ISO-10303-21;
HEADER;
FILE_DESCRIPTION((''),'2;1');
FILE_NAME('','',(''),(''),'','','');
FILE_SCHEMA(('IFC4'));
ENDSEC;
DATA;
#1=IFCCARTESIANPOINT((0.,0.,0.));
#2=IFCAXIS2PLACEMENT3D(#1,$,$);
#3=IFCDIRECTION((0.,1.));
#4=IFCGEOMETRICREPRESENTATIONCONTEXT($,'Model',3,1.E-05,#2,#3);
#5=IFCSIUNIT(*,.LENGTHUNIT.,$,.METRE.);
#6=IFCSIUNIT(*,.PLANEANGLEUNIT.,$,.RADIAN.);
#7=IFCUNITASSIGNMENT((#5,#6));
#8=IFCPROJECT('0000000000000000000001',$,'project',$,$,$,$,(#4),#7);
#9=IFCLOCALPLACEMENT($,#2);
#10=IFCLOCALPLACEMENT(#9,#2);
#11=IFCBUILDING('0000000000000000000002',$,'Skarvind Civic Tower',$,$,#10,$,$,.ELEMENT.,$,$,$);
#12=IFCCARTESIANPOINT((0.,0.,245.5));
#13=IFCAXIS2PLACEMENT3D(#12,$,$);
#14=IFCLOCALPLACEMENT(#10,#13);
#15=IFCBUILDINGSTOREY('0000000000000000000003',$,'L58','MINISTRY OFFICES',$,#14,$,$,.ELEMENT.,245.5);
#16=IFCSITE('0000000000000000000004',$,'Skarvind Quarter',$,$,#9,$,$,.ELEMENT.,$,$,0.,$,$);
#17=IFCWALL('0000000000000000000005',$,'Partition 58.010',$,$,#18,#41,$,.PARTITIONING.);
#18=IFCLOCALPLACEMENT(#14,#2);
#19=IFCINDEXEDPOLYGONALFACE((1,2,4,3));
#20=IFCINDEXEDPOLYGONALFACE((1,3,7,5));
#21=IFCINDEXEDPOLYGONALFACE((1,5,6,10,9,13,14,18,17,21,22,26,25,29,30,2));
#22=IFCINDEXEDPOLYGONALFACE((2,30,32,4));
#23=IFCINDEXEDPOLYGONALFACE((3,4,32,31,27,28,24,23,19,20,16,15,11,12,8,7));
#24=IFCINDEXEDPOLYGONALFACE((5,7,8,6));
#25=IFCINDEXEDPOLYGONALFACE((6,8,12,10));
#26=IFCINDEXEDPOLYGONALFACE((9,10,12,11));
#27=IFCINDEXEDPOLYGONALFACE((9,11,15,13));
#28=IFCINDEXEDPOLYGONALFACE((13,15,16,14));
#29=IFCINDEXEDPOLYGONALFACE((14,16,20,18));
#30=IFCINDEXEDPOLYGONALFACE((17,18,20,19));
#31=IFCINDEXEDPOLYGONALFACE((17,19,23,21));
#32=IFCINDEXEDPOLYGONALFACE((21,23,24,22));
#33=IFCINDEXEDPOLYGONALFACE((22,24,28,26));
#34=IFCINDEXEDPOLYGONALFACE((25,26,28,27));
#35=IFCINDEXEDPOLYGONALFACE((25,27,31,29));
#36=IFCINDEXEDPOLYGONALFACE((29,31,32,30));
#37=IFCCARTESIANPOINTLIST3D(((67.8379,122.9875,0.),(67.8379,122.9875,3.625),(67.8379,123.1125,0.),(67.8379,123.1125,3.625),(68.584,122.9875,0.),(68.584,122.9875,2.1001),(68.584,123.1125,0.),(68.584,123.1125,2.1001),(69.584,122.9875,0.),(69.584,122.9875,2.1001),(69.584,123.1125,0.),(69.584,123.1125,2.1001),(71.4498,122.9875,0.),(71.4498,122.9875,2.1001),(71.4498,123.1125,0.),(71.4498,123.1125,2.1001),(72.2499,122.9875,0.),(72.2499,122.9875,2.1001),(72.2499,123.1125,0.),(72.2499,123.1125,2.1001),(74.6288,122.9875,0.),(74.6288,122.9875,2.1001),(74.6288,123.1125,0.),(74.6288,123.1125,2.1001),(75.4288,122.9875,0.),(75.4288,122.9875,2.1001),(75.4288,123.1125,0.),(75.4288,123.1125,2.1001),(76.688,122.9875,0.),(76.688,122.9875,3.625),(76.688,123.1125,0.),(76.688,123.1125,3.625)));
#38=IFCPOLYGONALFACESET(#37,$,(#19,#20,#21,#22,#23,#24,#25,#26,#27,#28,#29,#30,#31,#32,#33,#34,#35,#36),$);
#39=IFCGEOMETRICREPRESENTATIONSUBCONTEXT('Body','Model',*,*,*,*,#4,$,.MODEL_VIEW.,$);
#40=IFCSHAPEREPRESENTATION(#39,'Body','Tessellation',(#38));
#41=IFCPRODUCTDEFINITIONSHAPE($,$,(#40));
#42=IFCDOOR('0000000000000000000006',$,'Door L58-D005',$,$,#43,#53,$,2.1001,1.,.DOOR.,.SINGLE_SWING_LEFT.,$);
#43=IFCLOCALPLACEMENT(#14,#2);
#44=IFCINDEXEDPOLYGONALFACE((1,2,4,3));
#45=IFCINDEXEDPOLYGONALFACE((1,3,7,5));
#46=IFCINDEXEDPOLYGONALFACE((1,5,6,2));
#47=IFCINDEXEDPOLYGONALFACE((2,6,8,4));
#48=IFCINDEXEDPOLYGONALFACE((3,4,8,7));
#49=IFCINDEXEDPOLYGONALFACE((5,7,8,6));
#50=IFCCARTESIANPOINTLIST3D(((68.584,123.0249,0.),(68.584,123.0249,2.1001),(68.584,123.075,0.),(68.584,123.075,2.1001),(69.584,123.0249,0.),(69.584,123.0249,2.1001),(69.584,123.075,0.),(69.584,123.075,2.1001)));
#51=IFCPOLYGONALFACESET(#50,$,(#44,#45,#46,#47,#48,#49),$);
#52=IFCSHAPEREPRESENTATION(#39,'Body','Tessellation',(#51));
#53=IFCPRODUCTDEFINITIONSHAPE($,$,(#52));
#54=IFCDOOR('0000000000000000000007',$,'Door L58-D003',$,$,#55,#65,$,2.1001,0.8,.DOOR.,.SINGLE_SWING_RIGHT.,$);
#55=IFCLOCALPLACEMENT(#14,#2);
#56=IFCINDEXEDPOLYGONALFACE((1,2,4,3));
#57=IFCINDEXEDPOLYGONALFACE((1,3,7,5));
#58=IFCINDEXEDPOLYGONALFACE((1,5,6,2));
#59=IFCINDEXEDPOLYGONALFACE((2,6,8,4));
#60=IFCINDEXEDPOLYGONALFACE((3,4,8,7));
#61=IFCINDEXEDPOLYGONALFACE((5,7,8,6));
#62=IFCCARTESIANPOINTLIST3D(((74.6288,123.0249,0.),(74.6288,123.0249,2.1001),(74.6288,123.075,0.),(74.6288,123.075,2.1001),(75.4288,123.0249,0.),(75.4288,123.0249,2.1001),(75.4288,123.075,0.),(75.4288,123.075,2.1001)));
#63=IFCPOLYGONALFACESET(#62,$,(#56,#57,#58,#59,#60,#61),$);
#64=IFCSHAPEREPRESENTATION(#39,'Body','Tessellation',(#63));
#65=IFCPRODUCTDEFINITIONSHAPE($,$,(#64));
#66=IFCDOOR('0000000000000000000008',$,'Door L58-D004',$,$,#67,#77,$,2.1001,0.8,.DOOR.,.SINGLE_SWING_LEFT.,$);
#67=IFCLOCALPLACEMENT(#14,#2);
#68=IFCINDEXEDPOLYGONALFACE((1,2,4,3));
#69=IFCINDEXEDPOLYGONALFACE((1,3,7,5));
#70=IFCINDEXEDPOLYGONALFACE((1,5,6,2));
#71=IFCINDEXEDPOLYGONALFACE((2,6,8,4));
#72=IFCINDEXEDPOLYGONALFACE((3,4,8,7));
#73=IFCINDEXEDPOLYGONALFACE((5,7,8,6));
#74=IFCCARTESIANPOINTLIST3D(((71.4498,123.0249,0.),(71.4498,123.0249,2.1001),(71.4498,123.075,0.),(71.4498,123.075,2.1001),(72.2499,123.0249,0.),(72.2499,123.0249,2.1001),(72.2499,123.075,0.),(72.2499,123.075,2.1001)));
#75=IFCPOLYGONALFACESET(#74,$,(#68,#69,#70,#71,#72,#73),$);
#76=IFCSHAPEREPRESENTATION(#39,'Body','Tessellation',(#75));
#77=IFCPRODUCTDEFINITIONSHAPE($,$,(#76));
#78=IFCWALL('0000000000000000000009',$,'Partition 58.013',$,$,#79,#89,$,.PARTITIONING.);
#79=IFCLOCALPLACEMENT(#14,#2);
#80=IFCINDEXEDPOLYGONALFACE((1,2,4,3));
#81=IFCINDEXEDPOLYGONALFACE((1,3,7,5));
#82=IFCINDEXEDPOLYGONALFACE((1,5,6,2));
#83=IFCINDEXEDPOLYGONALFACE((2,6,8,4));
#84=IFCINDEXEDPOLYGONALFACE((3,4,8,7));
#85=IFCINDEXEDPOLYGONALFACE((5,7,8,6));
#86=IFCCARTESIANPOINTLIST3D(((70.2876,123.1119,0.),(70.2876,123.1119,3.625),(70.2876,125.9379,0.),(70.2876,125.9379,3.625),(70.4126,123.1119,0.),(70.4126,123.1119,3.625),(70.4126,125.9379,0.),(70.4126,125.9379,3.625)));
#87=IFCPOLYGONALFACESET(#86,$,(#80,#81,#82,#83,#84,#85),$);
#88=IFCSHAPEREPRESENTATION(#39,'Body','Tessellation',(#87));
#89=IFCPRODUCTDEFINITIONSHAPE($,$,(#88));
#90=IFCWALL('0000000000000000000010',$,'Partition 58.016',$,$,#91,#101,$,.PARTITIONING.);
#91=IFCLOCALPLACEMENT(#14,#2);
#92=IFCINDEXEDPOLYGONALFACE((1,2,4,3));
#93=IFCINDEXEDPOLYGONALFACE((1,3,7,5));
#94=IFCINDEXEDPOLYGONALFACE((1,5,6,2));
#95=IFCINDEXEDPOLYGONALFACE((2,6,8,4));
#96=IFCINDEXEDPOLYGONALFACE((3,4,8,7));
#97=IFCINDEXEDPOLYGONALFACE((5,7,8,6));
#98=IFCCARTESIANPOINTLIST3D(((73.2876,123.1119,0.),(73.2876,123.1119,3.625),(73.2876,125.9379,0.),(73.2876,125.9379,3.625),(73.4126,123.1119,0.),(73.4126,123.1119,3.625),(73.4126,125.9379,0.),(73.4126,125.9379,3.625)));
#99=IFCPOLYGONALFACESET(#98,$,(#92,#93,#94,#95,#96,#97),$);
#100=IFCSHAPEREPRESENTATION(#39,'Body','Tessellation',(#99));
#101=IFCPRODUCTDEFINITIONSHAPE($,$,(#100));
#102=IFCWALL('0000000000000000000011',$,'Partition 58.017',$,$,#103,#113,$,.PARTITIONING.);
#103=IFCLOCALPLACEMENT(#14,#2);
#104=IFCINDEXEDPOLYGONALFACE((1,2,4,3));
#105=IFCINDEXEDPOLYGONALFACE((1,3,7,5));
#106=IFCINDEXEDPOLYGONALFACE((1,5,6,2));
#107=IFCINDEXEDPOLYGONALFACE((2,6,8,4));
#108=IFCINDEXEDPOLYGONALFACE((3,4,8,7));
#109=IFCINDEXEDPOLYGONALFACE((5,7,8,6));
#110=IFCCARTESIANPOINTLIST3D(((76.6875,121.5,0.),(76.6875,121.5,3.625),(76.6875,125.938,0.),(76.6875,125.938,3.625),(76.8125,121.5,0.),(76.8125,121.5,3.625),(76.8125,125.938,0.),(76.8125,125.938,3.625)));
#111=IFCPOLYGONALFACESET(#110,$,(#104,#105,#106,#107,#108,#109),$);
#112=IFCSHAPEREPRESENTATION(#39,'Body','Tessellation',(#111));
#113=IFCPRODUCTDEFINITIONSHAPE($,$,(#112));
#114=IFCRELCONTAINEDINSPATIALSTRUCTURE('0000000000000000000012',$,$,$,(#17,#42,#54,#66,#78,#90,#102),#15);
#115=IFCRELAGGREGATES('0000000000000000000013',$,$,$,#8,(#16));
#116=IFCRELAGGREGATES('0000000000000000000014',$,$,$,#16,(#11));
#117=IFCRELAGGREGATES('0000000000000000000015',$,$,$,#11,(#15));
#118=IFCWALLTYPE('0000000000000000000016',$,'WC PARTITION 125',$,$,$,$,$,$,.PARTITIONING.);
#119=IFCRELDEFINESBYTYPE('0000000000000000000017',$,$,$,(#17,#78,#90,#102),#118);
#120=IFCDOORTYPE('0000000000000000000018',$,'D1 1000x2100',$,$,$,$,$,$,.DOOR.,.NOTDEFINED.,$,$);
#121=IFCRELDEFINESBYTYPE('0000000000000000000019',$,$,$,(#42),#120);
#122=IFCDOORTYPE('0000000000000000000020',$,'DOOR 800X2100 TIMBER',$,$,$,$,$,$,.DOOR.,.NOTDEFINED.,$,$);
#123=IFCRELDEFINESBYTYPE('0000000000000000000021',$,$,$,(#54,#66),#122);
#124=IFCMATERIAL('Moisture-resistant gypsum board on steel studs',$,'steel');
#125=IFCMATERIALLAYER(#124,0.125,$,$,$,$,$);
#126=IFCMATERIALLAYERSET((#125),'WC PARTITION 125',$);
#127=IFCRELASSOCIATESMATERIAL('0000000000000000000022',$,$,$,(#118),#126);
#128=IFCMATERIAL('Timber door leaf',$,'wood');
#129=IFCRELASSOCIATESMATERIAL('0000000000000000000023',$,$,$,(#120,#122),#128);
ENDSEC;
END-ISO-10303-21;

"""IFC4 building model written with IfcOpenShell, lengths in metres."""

from ifc_helpers import new_model, si_unit, direction, frame, frame_2d, origin, place, context, subcontext, project, spatial, rectangle, extrude, material, layer, layer_set, type_object, element, fill, save


model = new_model("IFC4")

# Units and contexts
model_context = context("Model", 3, precision=1e-05, world=origin(), true_north=direction((0.0, 1.0)))
body_context = subcontext(model_context, "Body", "Model", "MODEL_VIEW")
ifc_project = project(units=[si_unit("LENGTHUNIT", "METRE"), si_unit("PLANEANGLEUNIT", "RADIAN")], contexts=[model_context])

# Site, building, storey
site_placement = place(None, origin())
site = spatial("IfcSite", under=ifc_project, at=site_placement, Name="Skarvind Quarter", CompositionType="ELEMENT", RefElevation=0.0)
building_placement = place(site_placement, origin())
building = spatial("IfcBuilding", under=site, at=building_placement, Name="Skarvind Civic Tower", CompositionType="ELEMENT")
storey_placement = place(building_placement, frame((0.0, 0.0, 245.5)))
storey = spatial("IfcBuildingStorey", under=building, at=storey_placement, Name="L58", Description="MINISTRY OFFICES", CompositionType="ELEMENT", Elevation=245.5)

# Wall, openings, doors
ifc_material_1 = material(Name="Moisture-resistant gypsum board on steel studs", Category="steel")
ifc_layer_1 = layer(ifc_material_1, 0.125)
ifc_layer_set_1 = layer_set([ifc_layer_1], Name="WC PARTITION 125")
wall_type_1 = type_object("IfcWallType", Name="WC PARTITION 125", PredefinedType="PARTITIONING", material=ifc_layer_set_1)
wall_1_placement = place(storey_placement, frame((67.8379, 123.05, 0.0), z_axis=(0.0, 0.0, 1.0), x_axis=(1.0, 0.0, 0.0)))
wall_1 = element("IfcWall", 1, at=wall_1_placement, inside=storey, type_object=wall_type_1, Name="Partition 58.010", PredefinedType="PARTITIONING", context=body_context, shape_type="SweptSolid", body=[
    extrude(rectangle(XDim=8.8501, YDim=0.125, at=frame_2d((4.425, 0.0))), origin(), (0.0, 0.0, 1.0), 3.625),
])
opening_1_placement = place(wall_1_placement, frame((6.791, 0.0, 0.0)))
opening_1 = element("IfcOpeningElement", 2, at=opening_1_placement, cuts=wall_1, PredefinedType="OPENING", context=body_context, shape_type="SweptSolid", body=[
    extrude(rectangle(XDim=0.8, YDim=2.1001, at=frame_2d((0.3999, 1.05))), frame((0.0, 0.0725, 0.0), z_axis=(0.0, -1.0, 0.0), x_axis=(1.0, 0.0, 0.0)), (0.0, 0.0, 1.0), 0.145),
])
opening_2_placement = place(wall_1_placement, frame((3.6121, 0.0, 0.0)))
opening_2 = element("IfcOpeningElement", 3, at=opening_2_placement, cuts=wall_1, PredefinedType="OPENING", context=body_context, shape_type="SweptSolid", body=[
    extrude(rectangle(XDim=0.8, YDim=2.1001, at=frame_2d((0.3999, 1.05))), frame((0.0, 0.0725, 0.0), z_axis=(0.0, -1.0, 0.0), x_axis=(1.0, 0.0, 0.0)), (0.0, 0.0, 1.0), 0.145),
])
opening_3_placement = place(wall_1_placement, frame((0.7461, 0.0, 0.0)))
opening_3 = element("IfcOpeningElement", 4, at=opening_3_placement, cuts=wall_1, PredefinedType="OPENING", context=body_context, shape_type="SweptSolid", body=[
    extrude(rectangle(XDim=1.0, YDim=2.1001, at=frame_2d((0.5, 1.05))), frame((0.0, 0.0725, 0.0), z_axis=(0.0, -1.0, 0.0), x_axis=(1.0, 0.0, 0.0)), (0.0, 0.0, 1.0), 0.145),
])
ifc_material_2 = material(Name="Timber door leaf", Category="wood")
door_type_1 = type_object("IfcDoorType", Name="D1 1000x2100", OperationType="NOTDEFINED", PredefinedType="DOOR", material=ifc_material_2)
door_1_placement = place(opening_3_placement, origin())
door_1 = element("IfcDoor", 5, at=door_1_placement, inside=storey, type_object=door_type_1, Name="Door L58-D005", OperationType="SINGLE_SWING_LEFT", OverallHeight=2.1001, OverallWidth=1.0, PredefinedType="DOOR", context=body_context, shape_type="SweptSolid", body=[
    extrude(rectangle(XDim=1.0, YDim=2.1001, at=frame_2d((0.5, 1.05))), frame((0.0, 0.0249, 0.0), z_axis=(0.0, -1.0, 0.0), x_axis=(1.0, 0.0, 0.0)), (0.0, 0.0, 1.0), 0.05),
])
fill(opening_3, door_1)
door_type_2 = type_object("IfcDoorType", Name="DOOR 800X2100 TIMBER", OperationType="NOTDEFINED", PredefinedType="DOOR", material=ifc_material_2)
door_2_placement = place(opening_1_placement, origin())
door_2 = element("IfcDoor", 6, at=door_2_placement, inside=storey, type_object=door_type_2, Name="Door L58-D003", OperationType="SINGLE_SWING_RIGHT", OverallHeight=2.1001, OverallWidth=0.8, PredefinedType="DOOR", context=body_context, shape_type="SweptSolid", body=[
    extrude(rectangle(XDim=0.8, YDim=2.1001, at=frame_2d((0.3999, 1.05))), frame((0.0, 0.0249, 0.0), z_axis=(0.0, -1.0, 0.0), x_axis=(1.0, 0.0, 0.0)), (0.0, 0.0, 1.0), 0.05),
])
fill(opening_1, door_2)
door_3_placement = place(opening_2_placement, origin())
door_3 = element("IfcDoor", 7, at=door_3_placement, inside=storey, type_object=door_type_2, Name="Door L58-D004", OperationType="SINGLE_SWING_LEFT", OverallHeight=2.1001, OverallWidth=0.8, PredefinedType="DOOR", context=body_context, shape_type="SweptSolid", body=[
    extrude(rectangle(XDim=0.8, YDim=2.1001, at=frame_2d((0.3999, 1.05))), frame((0.0, 0.0249, 0.0), z_axis=(0.0, -1.0, 0.0), x_axis=(1.0, 0.0, 0.0)), (0.0, 0.0, 1.0), 0.05),
])
fill(opening_2, door_3)

# Walls
for number, where, z_axis, x_axis, name in (
    (8, (70.3501, 125.938, 0.0), (0.0, 0.0, 1.0), (0.0, -1.0, 0.0), "Partition 58.013"),
    (9, (73.3501, 125.938, 0.0), (0.0, 0.0, 1.0), (0.0, -1.0, 0.0), "Partition 58.016"),
):
    element("IfcWall", number, at=place(storey_placement, frame(where, z_axis=z_axis, x_axis=x_axis)), inside=storey, type_object=wall_type_1, Name=name, PredefinedType="PARTITIONING", context=body_context, shape_type="SweptSolid", body=[
        extrude(rectangle(XDim=2.8259, YDim=0.125, at=frame_2d((1.4131, 0.0))), origin(), (0.0, 0.0, 1.0), 3.625),
    ])
wall_2_placement = place(storey_placement, frame((76.75, 125.938, 0.0), z_axis=(0.0, 0.0, 1.0), x_axis=(0.0, -1.0, 0.0)))
element("IfcWall", 10, at=wall_2_placement, inside=storey, type_object=wall_type_1, Name="Partition 58.017", PredefinedType="PARTITIONING", context=body_context, shape_type="SweptSolid", body=[
    extrude(rectangle(XDim=4.438, YDim=0.125, at=frame_2d((2.219, 0.0))), origin(), (0.0, 0.0, 1.0), 3.625),
])

save(model, "model.ifc")
